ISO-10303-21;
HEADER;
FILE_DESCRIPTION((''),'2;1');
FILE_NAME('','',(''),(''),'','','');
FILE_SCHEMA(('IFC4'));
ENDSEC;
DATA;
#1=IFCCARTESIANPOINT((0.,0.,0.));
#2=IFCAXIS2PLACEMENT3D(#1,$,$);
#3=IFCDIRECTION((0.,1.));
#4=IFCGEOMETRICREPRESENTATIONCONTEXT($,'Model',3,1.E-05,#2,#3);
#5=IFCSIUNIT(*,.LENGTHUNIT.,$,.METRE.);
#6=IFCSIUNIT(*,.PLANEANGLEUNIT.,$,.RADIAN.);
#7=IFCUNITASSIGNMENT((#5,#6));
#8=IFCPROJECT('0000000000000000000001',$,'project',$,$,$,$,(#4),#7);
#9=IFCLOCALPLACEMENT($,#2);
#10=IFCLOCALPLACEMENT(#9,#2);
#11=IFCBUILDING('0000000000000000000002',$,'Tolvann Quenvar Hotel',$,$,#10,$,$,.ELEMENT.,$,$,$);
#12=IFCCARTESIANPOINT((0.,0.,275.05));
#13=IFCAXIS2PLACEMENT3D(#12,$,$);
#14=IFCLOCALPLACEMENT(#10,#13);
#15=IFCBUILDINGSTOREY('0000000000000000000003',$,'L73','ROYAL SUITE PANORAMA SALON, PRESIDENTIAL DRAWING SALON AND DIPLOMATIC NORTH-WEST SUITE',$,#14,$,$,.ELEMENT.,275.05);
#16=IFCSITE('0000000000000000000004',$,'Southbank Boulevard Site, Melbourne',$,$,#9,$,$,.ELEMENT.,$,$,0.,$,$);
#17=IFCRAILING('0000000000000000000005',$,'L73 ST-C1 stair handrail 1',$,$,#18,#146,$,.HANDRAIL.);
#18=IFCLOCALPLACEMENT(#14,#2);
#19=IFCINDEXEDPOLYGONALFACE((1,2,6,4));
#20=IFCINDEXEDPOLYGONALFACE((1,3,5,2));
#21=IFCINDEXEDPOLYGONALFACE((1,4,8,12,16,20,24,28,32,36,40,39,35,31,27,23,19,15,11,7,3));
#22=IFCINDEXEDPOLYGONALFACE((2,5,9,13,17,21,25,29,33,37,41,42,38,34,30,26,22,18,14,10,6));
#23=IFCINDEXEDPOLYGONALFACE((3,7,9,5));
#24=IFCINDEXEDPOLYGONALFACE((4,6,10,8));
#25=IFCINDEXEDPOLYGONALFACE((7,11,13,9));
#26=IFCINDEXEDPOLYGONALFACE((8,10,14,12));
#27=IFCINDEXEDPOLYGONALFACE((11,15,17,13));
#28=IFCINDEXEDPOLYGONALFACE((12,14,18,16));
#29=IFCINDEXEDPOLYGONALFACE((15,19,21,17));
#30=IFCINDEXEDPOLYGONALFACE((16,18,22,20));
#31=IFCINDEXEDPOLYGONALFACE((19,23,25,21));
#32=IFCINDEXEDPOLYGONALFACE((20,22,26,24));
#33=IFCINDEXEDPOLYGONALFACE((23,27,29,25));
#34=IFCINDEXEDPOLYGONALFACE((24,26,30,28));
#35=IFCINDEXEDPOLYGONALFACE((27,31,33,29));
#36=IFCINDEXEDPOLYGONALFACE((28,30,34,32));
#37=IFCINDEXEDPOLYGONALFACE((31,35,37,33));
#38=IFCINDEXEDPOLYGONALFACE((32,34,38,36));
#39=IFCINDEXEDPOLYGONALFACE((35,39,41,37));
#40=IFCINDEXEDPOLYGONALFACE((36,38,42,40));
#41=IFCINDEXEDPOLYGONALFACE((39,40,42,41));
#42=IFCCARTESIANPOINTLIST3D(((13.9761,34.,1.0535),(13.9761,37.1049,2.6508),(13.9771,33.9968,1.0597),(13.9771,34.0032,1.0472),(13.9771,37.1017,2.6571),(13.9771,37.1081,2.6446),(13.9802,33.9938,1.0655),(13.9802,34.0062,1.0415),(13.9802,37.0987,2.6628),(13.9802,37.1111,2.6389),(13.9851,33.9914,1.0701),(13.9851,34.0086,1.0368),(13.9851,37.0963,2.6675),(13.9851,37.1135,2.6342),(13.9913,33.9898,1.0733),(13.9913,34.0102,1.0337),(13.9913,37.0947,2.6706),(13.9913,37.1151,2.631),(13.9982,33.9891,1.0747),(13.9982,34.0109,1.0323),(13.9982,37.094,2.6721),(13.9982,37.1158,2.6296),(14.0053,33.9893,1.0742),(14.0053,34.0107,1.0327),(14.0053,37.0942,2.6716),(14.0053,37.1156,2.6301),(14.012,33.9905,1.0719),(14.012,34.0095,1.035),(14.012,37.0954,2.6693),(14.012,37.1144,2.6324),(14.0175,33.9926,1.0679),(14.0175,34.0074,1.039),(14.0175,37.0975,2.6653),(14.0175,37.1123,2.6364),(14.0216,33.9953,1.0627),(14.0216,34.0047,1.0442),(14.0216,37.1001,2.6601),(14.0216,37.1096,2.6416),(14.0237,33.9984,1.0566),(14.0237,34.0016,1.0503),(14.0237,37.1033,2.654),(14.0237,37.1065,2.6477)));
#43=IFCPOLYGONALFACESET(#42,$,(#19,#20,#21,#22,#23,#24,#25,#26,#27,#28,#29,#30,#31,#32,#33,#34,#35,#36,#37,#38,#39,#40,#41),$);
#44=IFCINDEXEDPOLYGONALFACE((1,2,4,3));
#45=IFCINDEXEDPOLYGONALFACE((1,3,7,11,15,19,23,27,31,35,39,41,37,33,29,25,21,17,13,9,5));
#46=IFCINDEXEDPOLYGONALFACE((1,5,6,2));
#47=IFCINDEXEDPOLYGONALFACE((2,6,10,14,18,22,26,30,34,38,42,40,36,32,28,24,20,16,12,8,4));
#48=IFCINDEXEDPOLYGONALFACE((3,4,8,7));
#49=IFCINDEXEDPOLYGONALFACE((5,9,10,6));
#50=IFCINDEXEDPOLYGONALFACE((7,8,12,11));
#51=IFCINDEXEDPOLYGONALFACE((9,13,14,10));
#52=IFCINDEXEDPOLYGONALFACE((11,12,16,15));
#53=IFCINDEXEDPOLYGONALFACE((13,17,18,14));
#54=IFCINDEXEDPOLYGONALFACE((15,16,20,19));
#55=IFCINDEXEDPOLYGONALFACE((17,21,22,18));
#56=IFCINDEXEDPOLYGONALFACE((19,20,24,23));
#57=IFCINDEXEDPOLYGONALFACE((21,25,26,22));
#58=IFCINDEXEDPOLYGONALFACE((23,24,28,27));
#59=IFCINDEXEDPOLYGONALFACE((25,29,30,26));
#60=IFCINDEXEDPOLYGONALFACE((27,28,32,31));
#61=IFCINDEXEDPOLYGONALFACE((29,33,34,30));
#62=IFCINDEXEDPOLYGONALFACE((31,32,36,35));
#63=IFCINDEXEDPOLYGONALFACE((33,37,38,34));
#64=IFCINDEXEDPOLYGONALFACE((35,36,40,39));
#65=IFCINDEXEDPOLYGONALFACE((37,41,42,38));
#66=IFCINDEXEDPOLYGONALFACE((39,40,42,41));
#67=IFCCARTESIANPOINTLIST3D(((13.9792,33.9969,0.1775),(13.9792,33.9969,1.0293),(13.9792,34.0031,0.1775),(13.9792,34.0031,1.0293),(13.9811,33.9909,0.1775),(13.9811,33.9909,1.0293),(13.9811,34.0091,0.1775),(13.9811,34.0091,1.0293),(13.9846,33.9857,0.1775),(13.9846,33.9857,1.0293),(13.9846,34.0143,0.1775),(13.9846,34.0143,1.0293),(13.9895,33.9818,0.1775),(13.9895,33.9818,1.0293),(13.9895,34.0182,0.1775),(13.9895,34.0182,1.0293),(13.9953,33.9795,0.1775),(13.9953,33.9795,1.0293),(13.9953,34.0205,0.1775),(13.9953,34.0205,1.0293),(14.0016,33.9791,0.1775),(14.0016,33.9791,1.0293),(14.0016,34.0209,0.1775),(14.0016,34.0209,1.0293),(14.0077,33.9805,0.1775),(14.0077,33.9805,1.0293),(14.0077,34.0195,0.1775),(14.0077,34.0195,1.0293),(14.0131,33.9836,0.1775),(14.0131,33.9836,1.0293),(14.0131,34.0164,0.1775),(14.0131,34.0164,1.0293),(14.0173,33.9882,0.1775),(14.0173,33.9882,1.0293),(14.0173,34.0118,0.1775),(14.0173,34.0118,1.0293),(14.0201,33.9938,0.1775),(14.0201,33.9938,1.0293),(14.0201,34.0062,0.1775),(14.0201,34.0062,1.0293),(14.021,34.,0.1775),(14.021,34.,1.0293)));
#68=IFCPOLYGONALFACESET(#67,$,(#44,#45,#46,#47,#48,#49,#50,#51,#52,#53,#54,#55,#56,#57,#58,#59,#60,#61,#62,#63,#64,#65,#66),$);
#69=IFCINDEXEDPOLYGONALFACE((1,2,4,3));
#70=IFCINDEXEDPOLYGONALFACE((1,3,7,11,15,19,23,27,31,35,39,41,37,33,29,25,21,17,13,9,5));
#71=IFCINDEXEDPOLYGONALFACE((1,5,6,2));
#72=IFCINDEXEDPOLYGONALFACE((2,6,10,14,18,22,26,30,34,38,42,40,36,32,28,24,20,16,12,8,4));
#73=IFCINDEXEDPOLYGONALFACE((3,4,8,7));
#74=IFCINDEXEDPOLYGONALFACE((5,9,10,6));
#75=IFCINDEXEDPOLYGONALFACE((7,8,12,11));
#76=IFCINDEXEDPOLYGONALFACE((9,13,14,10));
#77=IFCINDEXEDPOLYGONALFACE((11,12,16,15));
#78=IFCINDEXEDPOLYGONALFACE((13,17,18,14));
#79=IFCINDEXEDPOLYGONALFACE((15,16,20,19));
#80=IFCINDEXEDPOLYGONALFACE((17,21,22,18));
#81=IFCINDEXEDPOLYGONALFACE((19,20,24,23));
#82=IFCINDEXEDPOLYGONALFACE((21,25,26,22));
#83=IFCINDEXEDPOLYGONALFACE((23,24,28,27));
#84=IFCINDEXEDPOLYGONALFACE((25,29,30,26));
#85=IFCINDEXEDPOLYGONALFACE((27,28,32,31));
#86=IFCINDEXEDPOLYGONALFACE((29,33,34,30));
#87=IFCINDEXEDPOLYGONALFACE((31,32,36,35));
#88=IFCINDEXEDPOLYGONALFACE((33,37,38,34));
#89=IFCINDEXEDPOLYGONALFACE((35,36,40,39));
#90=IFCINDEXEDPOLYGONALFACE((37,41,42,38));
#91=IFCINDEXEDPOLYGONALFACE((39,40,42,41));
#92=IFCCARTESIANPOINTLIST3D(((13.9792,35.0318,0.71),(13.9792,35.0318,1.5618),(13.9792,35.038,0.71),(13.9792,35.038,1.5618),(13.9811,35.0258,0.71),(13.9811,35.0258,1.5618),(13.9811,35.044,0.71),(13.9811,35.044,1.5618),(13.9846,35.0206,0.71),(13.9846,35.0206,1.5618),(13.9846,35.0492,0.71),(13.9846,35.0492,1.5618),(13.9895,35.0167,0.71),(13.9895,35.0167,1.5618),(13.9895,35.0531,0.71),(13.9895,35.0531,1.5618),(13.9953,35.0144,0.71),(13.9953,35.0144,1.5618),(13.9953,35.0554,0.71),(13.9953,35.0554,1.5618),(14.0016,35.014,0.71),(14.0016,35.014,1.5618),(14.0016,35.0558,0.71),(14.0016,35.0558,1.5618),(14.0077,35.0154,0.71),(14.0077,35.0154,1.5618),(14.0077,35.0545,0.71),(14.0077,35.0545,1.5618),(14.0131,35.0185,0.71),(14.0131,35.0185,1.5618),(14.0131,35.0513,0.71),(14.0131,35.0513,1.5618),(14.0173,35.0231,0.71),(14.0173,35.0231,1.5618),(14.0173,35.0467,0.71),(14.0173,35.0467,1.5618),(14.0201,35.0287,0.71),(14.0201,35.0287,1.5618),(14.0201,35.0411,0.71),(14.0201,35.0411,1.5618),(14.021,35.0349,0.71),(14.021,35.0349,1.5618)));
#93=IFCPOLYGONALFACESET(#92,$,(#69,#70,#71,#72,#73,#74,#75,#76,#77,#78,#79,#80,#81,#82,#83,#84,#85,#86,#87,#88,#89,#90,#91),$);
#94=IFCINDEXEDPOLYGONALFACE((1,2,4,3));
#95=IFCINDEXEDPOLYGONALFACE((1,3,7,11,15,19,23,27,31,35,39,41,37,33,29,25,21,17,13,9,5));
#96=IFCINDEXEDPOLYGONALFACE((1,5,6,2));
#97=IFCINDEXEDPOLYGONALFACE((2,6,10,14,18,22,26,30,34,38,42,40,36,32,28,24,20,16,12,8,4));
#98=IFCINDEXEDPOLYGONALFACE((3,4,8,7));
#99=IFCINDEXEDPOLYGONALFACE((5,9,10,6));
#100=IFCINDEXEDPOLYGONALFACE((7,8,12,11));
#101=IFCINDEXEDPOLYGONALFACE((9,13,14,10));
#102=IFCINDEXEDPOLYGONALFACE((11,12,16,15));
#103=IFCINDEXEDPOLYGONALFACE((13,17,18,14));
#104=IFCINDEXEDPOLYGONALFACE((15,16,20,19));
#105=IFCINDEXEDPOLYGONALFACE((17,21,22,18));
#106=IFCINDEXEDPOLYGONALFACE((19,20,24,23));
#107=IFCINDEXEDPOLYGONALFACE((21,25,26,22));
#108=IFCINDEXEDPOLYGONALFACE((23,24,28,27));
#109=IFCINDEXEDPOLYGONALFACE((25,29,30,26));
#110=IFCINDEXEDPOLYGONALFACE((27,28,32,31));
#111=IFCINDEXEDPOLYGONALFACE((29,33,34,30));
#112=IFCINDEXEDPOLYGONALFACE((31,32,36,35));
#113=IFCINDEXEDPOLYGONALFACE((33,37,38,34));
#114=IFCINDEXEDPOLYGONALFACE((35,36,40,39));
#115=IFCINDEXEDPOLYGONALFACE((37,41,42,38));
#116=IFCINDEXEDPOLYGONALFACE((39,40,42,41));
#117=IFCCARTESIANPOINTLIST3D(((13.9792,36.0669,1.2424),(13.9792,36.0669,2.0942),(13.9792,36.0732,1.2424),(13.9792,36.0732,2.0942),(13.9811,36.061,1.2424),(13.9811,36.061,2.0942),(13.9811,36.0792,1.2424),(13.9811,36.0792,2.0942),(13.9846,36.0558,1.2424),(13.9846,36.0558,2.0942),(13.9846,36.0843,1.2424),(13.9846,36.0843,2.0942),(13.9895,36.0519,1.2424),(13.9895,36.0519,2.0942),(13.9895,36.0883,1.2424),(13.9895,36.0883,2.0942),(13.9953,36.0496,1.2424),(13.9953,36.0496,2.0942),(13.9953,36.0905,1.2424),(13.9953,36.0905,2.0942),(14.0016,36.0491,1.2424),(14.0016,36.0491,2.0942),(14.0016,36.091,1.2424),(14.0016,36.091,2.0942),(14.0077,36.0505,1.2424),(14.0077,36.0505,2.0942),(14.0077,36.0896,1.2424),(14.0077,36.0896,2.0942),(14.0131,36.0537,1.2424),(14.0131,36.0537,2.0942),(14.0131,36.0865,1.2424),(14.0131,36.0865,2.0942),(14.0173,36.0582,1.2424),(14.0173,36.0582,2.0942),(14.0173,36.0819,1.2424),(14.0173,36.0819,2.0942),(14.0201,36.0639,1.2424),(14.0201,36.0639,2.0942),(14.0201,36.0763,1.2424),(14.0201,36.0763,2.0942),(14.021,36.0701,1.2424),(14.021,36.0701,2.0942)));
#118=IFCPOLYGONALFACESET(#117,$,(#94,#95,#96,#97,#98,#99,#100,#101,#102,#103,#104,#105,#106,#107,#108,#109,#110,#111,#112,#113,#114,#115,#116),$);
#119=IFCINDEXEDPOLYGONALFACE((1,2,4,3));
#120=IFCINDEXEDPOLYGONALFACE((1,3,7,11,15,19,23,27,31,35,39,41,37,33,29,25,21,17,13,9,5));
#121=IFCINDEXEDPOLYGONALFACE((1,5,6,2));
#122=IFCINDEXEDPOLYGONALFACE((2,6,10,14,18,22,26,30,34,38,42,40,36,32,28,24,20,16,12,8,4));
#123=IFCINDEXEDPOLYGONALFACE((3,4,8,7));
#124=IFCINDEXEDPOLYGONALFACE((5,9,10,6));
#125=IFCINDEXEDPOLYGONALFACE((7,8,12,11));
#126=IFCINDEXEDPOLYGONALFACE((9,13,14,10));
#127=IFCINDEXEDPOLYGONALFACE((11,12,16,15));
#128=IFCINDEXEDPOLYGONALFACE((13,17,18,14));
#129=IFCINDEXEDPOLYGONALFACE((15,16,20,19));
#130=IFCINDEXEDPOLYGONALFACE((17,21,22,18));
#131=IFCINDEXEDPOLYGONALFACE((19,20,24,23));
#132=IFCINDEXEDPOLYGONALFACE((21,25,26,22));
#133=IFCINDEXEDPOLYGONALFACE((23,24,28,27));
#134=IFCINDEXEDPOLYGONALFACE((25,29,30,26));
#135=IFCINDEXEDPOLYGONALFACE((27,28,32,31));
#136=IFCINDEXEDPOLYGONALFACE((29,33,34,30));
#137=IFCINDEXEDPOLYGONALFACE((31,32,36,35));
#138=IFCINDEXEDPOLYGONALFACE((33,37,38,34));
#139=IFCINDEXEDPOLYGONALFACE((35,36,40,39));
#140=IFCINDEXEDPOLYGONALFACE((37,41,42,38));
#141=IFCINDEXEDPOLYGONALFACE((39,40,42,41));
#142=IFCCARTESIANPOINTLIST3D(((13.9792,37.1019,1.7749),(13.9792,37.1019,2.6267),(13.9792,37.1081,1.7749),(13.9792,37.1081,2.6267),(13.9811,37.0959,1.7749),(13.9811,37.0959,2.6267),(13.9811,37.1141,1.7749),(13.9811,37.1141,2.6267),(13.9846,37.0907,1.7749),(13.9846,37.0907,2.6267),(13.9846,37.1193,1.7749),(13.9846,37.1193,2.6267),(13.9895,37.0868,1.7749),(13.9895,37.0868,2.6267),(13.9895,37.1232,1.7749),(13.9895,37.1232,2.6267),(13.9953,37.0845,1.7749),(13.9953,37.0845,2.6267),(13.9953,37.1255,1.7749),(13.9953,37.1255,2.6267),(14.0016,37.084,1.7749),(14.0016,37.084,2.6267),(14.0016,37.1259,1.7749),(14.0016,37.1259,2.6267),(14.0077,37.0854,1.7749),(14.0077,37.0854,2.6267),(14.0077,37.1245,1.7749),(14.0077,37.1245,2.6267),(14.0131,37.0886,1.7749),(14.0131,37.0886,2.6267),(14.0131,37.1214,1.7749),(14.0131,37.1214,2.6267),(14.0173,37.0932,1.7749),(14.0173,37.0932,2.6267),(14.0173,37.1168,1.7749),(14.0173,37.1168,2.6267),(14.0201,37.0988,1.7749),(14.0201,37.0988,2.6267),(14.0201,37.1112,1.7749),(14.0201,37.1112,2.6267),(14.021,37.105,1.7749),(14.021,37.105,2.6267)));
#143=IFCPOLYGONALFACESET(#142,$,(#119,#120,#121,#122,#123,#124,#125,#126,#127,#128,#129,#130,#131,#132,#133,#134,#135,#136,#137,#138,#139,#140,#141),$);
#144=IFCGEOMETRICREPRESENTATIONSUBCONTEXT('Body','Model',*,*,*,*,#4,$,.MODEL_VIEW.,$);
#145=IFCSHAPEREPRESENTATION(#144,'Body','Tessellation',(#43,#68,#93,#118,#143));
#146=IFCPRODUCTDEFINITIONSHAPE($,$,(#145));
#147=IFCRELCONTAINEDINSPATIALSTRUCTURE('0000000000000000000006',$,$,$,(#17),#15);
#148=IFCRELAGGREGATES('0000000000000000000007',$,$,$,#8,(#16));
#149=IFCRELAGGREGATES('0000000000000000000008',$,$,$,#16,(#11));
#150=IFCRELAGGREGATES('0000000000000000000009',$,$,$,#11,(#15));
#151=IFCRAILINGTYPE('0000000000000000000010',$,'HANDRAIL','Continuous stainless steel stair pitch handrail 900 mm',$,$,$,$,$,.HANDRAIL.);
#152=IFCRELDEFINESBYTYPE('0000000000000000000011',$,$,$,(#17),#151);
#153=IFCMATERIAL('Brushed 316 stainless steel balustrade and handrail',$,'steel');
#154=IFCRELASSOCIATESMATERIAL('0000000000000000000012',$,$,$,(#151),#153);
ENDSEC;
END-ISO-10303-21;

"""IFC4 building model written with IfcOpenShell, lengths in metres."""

from ifc_helpers import new_model, si_unit, direction, frame, origin, origin_2d, place, context, subcontext, project, spatial, circle, extrude, material, type_object, element, save


model = new_model("IFC4")

# Units and contexts
model_context = context("Model", 3, precision=1e-05, world=origin(), true_north=direction((0.0, 1.0)))
body_context = subcontext(model_context, "Body", "Model", "MODEL_VIEW")
ifc_project = project(units=[si_unit("LENGTHUNIT", "METRE"), si_unit("PLANEANGLEUNIT", "RADIAN")], contexts=[model_context])

# Site, building, storey
site_placement = place(None, origin())
site = spatial("IfcSite", under=ifc_project, at=site_placement, Name="Southbank Boulevard Site, Melbourne", CompositionType="ELEMENT", RefElevation=0.0)
building_placement = place(site_placement, origin())
building = spatial("IfcBuilding", under=site, at=building_placement, Name="Tolvann Quenvar Hotel", CompositionType="ELEMENT")
storey_placement = place(building_placement, frame((0.0, 0.0, 275.05)))
storey = spatial("IfcBuildingStorey", under=building, at=storey_placement, Name="L73", Description="ROYAL SUITE PANORAMA SALON, PRESIDENTIAL DRAWING SALON AND DIPLOMATIC NORTH-WEST SUITE", CompositionType="ELEMENT", Elevation=275.05)

# Railing
ifc_material_1 = material(Name="Brushed 316 stainless steel balustrade and handrail", Category="steel")
railing_type_1 = type_object("IfcRailingType", Name="HANDRAIL", Description="Continuous stainless steel stair pitch handrail 900 mm", PredefinedType="HANDRAIL", material=ifc_material_1)
railing_1_placement = place(storey_placement, frame((14.0, 34.0, 0.1775)))
element("IfcRailing", 1, at=railing_1_placement, inside=storey, type_object=railing_type_1, Name="L73 ST-C1 stair handrail 1", PredefinedType="HANDRAIL", context=body_context, shape_type="SweptSolid", body=[
    extrude(circle(Radius=0.0239, at=origin_2d()), frame((0.0, 0.0, 0.876), z_axis=(0.0, 0.889222, 0.457476), x_axis=(-1.0, 0.0, 0.0)), (0.0, 0.0, 1.0), 3.4917),
    extrude(circle(Radius=0.021, at=origin_2d()), origin(), (0.0, 0.0, 1.0), 0.8518),
    extrude(circle(Radius=0.021, at=origin_2d()), frame((0.0, 1.0349, 0.5325)), (0.0, 0.0, 1.0), 0.8518),
    extrude(circle(Radius=0.021, at=origin_2d()), frame((0.0, 2.0701, 1.0649)), (0.0, 0.0, 1.0), 0.8518),
    extrude(circle(Radius=0.021, at=origin_2d()), frame((0.0, 3.105, 1.5974)), (0.0, 0.0, 1.0), 0.8518),
])

save(model, "model.ifc")
